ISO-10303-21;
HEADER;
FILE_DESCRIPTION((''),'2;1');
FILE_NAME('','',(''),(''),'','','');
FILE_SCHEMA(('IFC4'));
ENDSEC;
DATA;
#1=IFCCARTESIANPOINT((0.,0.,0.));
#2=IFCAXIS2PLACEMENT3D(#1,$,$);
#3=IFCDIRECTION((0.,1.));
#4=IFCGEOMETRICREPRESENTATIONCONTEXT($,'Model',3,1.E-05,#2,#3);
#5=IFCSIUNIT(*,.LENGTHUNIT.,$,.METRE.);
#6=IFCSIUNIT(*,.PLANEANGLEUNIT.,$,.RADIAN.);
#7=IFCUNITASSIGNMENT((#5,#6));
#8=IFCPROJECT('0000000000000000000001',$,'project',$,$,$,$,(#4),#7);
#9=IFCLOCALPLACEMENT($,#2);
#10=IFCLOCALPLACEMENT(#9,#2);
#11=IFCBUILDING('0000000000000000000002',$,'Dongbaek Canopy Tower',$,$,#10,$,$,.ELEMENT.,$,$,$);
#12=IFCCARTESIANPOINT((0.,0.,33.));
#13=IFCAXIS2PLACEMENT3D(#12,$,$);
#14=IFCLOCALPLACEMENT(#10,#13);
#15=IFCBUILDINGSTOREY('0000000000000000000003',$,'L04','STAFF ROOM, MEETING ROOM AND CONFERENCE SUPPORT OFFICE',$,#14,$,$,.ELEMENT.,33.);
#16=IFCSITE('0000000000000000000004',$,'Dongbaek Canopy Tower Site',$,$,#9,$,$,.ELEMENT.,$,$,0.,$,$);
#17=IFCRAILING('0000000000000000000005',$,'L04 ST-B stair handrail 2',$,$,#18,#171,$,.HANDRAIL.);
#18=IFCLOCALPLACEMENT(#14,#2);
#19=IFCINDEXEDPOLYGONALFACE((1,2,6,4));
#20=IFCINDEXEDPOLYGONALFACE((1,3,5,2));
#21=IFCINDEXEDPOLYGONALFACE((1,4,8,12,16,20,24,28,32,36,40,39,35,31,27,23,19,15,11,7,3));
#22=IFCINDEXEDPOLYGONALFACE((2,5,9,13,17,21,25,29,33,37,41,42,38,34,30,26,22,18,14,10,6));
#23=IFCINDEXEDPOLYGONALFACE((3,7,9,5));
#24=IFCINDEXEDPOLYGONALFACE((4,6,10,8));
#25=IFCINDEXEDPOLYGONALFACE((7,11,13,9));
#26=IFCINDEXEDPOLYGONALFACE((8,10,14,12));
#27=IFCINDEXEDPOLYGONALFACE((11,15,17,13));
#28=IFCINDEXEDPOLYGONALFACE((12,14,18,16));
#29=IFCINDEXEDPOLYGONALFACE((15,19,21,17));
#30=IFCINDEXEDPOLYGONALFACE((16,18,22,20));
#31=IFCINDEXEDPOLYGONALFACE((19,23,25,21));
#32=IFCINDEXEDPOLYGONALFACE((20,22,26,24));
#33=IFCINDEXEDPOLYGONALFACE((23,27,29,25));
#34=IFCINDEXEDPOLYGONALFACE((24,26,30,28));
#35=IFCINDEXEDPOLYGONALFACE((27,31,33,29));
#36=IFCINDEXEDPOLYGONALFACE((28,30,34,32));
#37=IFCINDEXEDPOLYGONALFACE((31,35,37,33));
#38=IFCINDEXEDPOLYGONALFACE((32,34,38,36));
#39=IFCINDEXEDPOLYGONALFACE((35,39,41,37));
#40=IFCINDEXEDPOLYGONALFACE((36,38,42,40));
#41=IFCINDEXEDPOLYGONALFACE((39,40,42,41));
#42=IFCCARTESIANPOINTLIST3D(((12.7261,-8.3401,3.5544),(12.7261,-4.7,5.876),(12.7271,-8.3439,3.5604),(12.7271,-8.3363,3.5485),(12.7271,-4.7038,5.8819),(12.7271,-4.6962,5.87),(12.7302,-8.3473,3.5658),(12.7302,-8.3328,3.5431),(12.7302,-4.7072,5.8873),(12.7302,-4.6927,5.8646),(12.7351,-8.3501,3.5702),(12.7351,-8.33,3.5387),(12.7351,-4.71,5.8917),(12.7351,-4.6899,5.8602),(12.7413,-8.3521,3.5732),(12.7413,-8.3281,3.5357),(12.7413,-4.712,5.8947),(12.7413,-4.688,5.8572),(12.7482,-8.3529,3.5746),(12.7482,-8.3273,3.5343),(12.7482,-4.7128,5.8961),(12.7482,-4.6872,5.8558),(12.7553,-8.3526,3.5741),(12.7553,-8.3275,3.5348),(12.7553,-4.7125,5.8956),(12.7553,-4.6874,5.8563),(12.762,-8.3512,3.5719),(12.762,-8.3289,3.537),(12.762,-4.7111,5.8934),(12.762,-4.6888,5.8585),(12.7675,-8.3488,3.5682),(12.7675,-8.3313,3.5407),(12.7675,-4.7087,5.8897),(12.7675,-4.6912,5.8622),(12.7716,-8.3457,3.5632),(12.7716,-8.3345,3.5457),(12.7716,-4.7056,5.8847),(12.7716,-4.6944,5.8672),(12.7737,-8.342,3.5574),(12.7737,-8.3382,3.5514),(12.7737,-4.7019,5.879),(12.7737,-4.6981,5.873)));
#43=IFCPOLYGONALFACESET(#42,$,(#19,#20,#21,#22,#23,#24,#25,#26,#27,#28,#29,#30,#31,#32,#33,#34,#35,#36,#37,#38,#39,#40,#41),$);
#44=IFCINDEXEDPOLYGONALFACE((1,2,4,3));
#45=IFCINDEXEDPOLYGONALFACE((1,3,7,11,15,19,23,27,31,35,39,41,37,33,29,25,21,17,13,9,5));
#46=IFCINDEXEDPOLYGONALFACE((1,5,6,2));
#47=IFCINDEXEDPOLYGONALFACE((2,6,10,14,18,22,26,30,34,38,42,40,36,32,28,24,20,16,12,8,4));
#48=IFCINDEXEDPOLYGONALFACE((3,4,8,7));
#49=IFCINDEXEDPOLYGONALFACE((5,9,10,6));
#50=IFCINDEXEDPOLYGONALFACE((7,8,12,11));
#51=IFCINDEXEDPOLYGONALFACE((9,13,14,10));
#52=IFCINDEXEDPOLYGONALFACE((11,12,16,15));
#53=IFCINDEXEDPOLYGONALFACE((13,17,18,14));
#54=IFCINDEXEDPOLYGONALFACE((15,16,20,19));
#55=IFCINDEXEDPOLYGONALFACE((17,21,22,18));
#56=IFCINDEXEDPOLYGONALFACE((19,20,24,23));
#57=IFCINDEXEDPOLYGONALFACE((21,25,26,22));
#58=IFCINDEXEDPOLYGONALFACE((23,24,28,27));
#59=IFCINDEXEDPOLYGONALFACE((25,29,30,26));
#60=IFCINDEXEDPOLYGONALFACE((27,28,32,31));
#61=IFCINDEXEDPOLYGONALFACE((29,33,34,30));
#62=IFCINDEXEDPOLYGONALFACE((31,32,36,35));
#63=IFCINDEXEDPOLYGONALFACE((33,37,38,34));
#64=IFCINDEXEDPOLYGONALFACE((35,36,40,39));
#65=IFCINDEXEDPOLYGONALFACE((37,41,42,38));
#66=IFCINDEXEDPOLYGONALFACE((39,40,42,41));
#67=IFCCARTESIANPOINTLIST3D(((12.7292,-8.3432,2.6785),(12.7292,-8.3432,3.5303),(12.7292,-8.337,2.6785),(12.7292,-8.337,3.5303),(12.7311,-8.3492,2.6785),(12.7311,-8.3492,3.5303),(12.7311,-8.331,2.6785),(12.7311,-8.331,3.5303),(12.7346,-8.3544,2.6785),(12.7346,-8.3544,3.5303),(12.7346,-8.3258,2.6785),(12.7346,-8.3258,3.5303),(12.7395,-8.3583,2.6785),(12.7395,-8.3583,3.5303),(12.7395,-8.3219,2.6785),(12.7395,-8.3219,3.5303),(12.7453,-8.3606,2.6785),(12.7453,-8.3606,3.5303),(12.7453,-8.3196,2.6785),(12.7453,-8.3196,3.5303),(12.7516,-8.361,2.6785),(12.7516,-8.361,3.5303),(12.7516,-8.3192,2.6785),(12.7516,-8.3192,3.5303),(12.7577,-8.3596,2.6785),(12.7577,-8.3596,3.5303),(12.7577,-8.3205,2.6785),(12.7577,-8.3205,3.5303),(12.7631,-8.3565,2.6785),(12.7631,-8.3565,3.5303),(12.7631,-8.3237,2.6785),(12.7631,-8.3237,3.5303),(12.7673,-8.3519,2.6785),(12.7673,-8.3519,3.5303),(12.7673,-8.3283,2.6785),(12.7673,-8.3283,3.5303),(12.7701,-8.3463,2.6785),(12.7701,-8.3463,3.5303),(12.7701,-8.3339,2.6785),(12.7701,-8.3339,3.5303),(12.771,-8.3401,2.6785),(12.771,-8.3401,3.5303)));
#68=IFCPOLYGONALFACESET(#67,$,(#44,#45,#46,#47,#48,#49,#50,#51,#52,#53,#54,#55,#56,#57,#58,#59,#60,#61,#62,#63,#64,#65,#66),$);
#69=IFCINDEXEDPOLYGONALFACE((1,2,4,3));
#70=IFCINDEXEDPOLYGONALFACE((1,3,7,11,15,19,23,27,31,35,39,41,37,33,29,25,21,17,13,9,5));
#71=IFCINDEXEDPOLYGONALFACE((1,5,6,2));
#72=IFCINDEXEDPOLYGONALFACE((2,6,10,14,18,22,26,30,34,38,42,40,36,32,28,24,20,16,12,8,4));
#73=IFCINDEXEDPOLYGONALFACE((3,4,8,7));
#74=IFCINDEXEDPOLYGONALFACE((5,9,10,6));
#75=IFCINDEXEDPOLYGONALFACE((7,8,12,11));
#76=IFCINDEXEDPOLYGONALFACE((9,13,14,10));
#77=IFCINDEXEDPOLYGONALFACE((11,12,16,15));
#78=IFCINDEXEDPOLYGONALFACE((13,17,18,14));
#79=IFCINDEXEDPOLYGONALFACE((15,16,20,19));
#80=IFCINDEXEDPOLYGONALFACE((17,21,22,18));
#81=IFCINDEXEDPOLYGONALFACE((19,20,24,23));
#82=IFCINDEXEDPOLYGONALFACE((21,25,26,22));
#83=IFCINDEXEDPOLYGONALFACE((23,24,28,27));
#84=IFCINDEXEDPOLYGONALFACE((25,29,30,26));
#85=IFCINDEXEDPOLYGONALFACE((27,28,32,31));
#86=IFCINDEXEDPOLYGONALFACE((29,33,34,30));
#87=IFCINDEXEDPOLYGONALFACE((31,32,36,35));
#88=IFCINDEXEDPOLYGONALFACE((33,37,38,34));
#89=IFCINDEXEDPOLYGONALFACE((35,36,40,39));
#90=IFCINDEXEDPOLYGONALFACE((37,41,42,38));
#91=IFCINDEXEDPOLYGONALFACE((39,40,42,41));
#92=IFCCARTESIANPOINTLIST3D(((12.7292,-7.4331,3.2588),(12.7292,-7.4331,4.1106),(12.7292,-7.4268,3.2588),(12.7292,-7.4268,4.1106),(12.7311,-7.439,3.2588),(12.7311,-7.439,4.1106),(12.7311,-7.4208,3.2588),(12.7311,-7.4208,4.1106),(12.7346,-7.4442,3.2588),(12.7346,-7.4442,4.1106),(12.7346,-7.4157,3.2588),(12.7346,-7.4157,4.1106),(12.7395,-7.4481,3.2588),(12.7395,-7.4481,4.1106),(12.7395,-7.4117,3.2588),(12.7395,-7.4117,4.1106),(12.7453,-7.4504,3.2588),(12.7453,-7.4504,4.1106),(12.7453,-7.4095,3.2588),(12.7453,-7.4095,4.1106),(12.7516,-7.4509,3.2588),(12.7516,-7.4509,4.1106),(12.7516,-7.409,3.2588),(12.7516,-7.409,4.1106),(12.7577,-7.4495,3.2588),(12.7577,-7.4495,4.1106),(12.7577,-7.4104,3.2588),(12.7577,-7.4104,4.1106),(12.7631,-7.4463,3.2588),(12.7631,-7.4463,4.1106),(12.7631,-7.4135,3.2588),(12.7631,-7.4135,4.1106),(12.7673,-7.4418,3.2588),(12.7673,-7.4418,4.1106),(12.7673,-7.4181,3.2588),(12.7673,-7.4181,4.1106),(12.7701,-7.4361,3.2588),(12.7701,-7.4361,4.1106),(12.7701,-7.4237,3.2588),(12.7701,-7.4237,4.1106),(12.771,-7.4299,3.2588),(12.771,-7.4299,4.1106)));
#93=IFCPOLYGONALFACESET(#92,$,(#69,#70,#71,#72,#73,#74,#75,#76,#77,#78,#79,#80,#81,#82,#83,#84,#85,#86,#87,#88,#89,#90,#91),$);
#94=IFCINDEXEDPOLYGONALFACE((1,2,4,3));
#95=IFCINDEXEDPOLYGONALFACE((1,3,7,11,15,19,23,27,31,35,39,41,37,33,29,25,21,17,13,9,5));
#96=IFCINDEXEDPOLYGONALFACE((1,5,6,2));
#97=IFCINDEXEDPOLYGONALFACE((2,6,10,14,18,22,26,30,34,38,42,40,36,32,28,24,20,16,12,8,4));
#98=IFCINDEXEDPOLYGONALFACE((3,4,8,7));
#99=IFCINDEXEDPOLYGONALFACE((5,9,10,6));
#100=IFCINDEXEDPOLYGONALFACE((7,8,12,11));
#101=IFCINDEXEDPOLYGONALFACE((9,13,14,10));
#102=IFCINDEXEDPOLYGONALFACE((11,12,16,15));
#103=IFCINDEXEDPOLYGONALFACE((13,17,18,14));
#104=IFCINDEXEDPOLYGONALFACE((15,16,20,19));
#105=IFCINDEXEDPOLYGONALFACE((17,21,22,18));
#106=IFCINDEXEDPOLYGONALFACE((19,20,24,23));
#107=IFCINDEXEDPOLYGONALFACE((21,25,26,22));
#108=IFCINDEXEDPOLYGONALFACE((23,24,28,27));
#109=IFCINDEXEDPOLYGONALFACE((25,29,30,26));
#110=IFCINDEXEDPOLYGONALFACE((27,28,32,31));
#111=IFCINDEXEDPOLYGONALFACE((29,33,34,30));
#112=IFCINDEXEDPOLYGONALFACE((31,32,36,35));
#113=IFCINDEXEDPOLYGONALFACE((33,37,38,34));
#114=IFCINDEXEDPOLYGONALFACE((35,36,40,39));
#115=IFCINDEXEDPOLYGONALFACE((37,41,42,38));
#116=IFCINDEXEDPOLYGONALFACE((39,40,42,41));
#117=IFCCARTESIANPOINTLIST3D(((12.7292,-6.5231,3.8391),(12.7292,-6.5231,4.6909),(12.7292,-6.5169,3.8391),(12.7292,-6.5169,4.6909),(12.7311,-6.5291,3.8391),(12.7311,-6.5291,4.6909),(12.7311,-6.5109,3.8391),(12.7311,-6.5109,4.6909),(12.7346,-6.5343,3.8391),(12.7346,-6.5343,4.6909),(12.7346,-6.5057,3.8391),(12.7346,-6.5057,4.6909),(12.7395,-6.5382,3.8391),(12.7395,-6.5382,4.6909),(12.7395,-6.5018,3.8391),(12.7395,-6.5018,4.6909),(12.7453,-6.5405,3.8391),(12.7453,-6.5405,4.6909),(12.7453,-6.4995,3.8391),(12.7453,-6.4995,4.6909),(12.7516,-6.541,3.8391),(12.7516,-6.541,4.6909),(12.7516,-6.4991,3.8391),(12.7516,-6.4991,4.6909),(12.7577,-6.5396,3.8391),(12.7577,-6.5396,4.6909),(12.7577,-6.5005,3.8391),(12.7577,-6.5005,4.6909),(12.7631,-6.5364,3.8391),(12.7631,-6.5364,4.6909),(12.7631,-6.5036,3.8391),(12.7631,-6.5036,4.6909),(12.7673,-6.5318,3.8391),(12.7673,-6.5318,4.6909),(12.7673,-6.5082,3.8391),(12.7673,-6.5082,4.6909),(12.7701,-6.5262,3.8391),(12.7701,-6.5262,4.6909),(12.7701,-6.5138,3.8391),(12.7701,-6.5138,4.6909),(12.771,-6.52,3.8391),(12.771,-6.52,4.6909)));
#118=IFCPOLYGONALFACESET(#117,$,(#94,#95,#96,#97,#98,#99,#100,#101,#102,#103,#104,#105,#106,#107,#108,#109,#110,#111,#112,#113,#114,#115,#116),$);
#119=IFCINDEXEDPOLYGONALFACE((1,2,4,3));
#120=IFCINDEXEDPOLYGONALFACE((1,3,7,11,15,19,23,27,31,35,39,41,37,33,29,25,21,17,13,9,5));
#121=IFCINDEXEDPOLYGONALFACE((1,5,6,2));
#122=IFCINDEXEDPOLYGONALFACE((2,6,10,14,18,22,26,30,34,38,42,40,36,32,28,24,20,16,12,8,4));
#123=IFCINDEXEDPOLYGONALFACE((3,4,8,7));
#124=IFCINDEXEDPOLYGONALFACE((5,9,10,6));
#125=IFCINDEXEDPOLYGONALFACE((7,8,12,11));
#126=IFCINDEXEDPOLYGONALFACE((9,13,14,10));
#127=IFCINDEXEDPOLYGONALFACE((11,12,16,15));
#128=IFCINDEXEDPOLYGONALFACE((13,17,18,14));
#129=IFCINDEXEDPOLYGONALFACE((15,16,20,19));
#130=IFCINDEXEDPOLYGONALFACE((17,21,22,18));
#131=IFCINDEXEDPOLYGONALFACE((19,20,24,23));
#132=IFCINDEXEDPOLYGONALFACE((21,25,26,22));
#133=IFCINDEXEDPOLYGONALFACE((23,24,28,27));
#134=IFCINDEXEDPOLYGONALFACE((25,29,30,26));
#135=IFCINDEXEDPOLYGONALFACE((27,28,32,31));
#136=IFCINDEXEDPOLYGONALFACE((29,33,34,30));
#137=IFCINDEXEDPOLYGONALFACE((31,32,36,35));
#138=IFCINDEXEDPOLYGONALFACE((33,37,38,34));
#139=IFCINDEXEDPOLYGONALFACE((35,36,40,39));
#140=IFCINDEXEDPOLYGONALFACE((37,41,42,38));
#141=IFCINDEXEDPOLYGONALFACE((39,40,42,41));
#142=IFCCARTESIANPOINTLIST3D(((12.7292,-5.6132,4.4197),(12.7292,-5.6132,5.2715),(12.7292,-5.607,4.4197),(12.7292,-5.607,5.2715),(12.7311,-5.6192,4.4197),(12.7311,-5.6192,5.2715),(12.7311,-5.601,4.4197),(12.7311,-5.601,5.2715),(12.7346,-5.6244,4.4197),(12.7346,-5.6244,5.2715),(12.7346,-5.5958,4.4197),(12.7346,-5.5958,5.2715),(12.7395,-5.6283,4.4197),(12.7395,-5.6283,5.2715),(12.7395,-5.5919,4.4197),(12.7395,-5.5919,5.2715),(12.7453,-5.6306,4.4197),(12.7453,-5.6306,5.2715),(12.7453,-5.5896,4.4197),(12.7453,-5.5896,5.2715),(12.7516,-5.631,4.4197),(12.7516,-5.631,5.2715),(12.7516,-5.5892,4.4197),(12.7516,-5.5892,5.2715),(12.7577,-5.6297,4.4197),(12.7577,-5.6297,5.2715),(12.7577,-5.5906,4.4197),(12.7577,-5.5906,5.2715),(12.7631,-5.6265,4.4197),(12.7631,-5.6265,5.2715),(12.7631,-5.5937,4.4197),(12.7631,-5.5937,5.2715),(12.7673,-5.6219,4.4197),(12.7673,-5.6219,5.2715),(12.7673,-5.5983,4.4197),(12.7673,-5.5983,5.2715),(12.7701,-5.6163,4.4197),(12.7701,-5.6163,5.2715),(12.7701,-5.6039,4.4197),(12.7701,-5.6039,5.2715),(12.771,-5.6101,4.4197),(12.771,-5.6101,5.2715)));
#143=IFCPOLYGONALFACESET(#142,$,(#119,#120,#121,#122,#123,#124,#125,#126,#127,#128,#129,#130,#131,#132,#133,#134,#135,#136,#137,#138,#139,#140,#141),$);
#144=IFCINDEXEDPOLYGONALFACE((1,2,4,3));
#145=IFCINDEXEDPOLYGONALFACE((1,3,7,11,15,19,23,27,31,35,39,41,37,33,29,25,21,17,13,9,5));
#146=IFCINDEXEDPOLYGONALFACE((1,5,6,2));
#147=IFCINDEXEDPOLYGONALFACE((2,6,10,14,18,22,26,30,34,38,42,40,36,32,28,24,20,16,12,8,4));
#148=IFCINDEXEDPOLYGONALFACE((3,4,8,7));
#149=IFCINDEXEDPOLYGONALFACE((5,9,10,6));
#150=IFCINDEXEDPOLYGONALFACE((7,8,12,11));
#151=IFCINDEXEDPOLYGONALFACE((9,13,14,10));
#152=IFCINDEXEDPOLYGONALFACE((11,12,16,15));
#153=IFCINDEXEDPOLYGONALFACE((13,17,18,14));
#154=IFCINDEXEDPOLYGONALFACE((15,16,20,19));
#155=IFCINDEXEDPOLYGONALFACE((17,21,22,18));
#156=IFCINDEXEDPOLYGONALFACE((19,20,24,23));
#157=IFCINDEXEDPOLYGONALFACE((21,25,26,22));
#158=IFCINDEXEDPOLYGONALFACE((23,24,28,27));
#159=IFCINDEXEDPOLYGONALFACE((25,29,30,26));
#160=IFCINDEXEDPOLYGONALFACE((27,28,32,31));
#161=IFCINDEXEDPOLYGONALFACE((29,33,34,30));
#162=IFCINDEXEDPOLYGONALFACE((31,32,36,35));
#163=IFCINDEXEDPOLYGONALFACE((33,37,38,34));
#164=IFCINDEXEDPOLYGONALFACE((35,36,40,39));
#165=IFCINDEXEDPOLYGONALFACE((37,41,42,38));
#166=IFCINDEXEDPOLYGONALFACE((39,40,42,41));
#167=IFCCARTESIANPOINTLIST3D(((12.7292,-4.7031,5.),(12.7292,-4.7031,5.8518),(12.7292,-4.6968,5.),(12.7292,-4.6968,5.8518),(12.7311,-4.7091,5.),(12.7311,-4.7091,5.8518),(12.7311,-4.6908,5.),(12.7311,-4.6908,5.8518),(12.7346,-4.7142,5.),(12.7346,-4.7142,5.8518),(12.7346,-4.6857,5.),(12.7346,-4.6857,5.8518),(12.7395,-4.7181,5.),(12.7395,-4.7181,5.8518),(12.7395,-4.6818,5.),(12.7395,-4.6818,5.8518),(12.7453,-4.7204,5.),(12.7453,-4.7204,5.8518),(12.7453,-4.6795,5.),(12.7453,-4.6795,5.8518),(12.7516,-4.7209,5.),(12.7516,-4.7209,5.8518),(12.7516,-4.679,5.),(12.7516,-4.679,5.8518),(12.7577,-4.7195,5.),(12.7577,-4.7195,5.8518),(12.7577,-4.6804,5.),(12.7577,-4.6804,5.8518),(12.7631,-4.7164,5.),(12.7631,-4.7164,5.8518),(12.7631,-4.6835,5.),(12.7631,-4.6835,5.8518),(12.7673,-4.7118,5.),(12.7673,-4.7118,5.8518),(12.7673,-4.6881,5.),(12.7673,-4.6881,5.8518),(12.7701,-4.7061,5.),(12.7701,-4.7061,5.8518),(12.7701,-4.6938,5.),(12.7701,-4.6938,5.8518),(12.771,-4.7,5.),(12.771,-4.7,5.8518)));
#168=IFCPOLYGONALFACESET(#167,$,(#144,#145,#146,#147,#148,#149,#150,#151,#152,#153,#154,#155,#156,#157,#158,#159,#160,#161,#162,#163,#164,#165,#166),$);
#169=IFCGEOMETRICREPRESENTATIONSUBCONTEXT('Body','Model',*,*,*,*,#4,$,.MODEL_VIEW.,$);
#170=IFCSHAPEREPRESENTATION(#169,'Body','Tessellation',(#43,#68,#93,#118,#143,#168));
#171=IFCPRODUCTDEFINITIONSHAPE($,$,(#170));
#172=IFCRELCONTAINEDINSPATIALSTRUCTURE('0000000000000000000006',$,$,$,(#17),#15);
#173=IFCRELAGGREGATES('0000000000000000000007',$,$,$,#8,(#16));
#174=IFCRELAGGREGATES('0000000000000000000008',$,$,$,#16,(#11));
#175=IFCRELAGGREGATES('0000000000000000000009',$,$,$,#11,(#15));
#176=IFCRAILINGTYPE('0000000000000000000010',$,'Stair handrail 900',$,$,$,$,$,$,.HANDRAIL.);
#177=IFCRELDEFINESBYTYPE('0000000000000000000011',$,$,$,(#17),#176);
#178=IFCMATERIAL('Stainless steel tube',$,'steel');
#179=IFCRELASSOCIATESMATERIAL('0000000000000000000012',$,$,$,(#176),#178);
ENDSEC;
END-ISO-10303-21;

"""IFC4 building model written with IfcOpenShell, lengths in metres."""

from ifc_helpers import new_model, si_unit, direction, frame, origin, origin_2d, place, context, subcontext, project, spatial, circle, extrude, material, type_object, element, save


model = new_model("IFC4")

# Units and contexts
model_context = context("Model", 3, precision=1e-05, world=origin(), true_north=direction((0.0, 1.0)))
body_context = subcontext(model_context, "Body", "Model", "MODEL_VIEW")
ifc_project = project(units=[si_unit("LENGTHUNIT", "METRE"), si_unit("PLANEANGLEUNIT", "RADIAN")], contexts=[model_context])

# Site, building, storey
site_placement = place(None, origin())
site = spatial("IfcSite", under=ifc_project, at=site_placement, Name="Dongbaek Canopy Tower Site", CompositionType="ELEMENT", RefElevation=0.0)
building_placement = place(site_placement, origin())
building = spatial("IfcBuilding", under=site, at=building_placement, Name="Dongbaek Canopy Tower", CompositionType="ELEMENT")
storey_placement = place(building_placement, frame((0.0, 0.0, 33.0)))
storey = spatial("IfcBuildingStorey", under=building, at=storey_placement, Name="L04", Description="STAFF ROOM, MEETING ROOM AND CONFERENCE SUPPORT OFFICE", CompositionType="ELEMENT", Elevation=33.0)

# Railing
ifc_material_1 = material(Name="Stainless steel tube", Category="steel")
railing_type_1 = type_object("IfcRailingType", Name="Stair handrail 900", PredefinedType="HANDRAIL", material=ifc_material_1)
railing_1_placement = place(storey_placement, frame((12.75, -8.3401, 2.6785)))
element("IfcRailing", 1, at=railing_1_placement, inside=storey, type_object=railing_type_1, Name="L04 ST-B stair handrail 2", PredefinedType="HANDRAIL", context=body_context, shape_type="SweptSolid", body=[
    extrude(circle(Radius=0.0239, at=origin_2d()), frame((0.0, 0.0, 0.876), z_axis=(0.0, 0.843128, 0.537713), x_axis=(-1.0, 0.0, 0.0)), (0.0, 0.0, 1.0), 4.3174),
    extrude(circle(Radius=0.021, at=origin_2d()), origin(), (0.0, 0.0, 1.0), 0.8518),
    extrude(circle(Radius=0.021, at=origin_2d()), frame((0.0, 0.9102, 0.5803)), (0.0, 0.0, 1.0), 0.8518),
    extrude(circle(Radius=0.021, at=origin_2d()), frame((0.0, 1.8201, 1.1606)), (0.0, 0.0, 1.0), 0.8518),
    extrude(circle(Radius=0.021, at=origin_2d()), frame((0.0, 2.73, 1.7412)), (0.0, 0.0, 1.0), 0.8518),
    extrude(circle(Radius=0.021, at=origin_2d()), frame((0.0, 3.6401, 2.3215)), (0.0, 0.0, 1.0), 0.8518),
])

save(model, "model.ifc")
